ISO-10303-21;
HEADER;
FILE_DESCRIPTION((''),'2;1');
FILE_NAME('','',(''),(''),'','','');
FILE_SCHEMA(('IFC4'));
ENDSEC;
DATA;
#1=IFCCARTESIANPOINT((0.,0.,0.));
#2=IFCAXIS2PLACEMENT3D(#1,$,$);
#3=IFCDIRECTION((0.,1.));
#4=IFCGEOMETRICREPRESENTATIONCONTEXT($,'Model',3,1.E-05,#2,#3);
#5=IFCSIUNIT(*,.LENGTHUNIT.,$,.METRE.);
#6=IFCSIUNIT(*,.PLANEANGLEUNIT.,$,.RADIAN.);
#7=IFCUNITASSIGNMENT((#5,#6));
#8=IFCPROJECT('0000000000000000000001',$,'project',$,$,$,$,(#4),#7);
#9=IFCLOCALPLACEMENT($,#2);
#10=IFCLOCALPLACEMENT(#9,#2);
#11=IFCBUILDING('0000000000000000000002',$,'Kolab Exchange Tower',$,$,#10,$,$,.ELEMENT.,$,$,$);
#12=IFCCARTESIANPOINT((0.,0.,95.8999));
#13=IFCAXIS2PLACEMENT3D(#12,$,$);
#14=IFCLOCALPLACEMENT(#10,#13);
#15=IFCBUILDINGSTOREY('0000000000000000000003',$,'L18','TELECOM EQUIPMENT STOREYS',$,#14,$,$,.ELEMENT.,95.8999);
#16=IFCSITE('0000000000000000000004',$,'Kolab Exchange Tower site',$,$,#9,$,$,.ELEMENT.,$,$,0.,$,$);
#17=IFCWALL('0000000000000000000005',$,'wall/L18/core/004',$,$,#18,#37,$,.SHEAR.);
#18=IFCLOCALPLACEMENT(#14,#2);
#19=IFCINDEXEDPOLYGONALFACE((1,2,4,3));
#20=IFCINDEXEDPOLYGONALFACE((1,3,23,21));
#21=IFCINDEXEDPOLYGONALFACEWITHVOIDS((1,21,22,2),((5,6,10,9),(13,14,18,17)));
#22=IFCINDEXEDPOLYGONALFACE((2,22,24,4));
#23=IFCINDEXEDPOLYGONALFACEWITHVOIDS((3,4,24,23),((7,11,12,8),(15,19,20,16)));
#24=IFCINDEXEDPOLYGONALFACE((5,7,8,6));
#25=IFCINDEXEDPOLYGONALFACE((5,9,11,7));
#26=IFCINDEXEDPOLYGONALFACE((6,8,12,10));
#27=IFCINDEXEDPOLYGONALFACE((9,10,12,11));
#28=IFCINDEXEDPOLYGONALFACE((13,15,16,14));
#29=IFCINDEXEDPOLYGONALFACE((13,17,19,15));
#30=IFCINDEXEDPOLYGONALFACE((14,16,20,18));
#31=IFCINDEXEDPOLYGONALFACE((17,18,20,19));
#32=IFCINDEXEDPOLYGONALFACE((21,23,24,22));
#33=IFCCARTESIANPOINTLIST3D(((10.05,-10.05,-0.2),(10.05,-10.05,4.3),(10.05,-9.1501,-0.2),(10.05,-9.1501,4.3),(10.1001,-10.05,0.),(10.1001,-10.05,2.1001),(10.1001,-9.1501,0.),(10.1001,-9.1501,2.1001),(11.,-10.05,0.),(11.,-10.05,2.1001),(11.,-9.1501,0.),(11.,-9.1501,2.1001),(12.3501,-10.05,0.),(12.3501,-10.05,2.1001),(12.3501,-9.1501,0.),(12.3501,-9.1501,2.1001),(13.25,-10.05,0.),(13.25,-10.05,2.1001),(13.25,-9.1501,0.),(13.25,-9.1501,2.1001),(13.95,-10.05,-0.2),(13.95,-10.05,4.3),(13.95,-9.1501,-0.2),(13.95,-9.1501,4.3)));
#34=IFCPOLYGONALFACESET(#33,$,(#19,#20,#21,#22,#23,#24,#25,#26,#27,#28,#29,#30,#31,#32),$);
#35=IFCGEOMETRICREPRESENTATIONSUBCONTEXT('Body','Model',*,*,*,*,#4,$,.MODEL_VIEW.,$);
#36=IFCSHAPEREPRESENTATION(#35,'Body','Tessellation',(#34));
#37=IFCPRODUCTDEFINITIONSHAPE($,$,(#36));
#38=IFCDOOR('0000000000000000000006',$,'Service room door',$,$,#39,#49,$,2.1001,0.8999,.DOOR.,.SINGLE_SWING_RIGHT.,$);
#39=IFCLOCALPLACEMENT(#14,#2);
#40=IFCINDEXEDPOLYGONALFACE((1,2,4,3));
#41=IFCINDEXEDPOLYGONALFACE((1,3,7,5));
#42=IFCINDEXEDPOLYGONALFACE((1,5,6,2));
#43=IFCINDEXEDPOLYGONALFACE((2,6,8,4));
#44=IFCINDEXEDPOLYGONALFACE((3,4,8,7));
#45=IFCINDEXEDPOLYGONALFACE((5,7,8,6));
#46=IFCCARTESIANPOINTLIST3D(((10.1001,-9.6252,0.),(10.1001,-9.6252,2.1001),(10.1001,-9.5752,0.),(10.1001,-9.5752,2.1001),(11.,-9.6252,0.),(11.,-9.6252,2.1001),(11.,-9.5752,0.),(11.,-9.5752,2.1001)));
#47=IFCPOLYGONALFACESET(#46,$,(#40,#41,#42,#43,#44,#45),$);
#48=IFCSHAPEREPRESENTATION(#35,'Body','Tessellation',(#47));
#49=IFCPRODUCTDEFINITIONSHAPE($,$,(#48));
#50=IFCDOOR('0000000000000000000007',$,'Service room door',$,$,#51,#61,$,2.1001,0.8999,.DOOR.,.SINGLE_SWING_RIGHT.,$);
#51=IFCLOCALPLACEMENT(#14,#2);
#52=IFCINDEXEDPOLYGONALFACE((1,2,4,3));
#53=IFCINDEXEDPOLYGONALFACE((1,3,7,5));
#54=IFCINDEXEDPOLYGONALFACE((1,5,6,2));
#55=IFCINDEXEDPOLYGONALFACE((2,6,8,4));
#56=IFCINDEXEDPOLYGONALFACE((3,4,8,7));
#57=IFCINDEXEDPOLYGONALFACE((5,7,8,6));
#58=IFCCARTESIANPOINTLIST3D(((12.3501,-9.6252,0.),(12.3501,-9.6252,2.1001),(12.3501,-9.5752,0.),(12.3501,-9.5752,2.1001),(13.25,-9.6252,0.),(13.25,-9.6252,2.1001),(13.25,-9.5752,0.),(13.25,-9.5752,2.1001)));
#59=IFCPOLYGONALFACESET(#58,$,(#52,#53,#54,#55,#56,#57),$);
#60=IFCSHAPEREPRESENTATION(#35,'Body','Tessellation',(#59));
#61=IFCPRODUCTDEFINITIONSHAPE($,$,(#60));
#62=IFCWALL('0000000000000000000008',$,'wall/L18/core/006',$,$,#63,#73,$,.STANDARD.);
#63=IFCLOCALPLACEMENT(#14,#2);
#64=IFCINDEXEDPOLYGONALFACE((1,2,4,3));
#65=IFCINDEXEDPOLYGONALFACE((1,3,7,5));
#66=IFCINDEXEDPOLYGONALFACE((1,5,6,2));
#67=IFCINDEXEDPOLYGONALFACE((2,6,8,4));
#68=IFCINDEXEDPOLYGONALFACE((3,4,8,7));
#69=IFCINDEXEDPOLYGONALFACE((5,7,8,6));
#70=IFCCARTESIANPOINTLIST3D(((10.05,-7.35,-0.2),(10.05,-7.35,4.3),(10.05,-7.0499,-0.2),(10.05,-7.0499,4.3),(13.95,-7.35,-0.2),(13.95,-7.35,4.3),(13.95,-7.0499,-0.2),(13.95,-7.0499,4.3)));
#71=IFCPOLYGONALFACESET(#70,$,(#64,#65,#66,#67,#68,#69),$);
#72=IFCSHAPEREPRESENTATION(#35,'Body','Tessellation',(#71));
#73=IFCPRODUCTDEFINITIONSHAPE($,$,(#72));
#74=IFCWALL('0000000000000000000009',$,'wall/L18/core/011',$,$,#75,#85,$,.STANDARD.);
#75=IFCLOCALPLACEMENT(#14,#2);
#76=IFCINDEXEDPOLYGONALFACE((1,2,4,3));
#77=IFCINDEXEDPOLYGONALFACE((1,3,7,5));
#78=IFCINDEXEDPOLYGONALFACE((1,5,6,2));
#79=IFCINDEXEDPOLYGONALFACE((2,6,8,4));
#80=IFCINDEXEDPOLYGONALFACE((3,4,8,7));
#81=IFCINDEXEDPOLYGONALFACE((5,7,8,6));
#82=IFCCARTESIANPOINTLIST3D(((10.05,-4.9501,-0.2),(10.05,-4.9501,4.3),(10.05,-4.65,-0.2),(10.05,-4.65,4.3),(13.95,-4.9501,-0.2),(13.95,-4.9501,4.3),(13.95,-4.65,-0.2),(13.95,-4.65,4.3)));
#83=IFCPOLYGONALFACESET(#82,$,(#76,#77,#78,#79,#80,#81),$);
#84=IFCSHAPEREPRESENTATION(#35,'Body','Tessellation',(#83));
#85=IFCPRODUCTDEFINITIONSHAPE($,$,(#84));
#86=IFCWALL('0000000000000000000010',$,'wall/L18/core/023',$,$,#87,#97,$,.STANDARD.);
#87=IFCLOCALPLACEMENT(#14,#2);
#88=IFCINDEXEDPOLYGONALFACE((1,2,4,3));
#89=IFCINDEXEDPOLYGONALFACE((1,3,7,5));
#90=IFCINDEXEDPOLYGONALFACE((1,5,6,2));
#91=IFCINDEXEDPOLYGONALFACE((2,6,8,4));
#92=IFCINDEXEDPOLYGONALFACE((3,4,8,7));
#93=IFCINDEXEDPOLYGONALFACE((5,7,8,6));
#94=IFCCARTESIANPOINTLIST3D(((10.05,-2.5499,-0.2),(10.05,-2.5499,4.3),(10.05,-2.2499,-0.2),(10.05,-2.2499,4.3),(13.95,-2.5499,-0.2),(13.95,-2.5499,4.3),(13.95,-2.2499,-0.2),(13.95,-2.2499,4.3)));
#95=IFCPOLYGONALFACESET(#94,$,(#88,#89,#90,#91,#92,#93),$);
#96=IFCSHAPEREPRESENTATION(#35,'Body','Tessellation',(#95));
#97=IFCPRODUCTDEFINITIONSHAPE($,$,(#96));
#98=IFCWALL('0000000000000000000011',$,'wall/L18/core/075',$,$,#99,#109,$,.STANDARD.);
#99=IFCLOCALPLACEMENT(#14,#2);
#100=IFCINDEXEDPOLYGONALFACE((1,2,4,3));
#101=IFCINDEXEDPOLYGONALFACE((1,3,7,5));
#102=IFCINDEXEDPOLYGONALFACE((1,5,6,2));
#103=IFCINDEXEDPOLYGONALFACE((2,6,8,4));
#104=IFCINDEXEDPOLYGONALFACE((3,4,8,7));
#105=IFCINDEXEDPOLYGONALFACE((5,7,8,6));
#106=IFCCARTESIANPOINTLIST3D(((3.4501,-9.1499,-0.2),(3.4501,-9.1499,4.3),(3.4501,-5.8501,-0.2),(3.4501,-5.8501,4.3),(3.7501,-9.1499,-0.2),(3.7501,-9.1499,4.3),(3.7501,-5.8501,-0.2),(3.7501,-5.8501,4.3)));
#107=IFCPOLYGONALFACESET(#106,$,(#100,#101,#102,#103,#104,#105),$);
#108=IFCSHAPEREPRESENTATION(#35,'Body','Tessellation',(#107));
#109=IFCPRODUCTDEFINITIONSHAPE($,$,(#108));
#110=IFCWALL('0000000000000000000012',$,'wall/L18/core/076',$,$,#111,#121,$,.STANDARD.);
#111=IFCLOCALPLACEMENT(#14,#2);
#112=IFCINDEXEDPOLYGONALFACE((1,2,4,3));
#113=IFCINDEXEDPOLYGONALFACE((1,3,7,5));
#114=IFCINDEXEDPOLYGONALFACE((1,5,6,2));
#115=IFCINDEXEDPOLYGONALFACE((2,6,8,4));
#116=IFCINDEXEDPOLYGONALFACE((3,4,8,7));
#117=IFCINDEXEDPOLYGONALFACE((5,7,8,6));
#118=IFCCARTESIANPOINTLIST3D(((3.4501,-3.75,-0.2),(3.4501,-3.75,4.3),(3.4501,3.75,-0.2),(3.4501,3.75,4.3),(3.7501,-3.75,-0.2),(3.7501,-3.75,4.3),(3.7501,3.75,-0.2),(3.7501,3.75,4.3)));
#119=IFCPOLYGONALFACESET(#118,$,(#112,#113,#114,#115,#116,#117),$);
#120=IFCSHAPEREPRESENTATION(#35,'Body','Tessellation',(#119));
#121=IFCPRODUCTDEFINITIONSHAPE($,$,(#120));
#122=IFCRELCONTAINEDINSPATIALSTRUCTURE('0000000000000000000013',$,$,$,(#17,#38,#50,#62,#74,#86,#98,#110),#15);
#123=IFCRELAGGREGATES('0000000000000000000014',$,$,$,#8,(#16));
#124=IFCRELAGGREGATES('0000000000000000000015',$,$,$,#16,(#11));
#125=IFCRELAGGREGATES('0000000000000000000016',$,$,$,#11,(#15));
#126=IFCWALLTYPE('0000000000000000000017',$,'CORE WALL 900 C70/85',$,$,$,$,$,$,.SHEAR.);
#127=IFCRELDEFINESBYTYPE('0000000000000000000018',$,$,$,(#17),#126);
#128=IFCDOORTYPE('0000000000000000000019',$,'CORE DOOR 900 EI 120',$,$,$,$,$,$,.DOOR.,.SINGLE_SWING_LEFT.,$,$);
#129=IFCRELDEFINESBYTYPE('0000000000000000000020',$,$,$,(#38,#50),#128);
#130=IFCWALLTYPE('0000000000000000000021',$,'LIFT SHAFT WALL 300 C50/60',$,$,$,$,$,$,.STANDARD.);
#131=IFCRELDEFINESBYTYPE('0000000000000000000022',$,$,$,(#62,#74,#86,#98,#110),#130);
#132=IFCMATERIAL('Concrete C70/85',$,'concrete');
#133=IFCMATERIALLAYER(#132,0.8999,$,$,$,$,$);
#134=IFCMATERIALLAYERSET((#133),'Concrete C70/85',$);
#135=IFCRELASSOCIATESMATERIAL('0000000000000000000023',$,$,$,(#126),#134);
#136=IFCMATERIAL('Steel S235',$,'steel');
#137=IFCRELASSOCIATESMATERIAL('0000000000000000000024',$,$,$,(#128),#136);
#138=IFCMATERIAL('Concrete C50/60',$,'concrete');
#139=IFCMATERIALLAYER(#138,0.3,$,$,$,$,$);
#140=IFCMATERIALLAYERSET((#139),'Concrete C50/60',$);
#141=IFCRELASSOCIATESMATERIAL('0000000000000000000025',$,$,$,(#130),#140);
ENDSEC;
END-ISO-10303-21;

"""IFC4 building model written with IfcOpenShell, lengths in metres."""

from ifc_helpers import new_model, si_unit, direction, frame, frame_2d, origin, place, context, subcontext, project, spatial, rectangle, extrude, material, layer, layer_set, type_object, element, fill, save


model = new_model("IFC4")

# Units and contexts
model_context = context("Model", 3, precision=1e-05, world=origin(), true_north=direction((0.0, 1.0)))
body_context = subcontext(model_context, "Body", "Model", "MODEL_VIEW")
ifc_project = project(units=[si_unit("LENGTHUNIT", "METRE"), si_unit("PLANEANGLEUNIT", "RADIAN")], contexts=[model_context])

# Site, building, storey
site_placement = place(None, origin())
site = spatial("IfcSite", under=ifc_project, at=site_placement, Name="Kolab Exchange Tower site", CompositionType="ELEMENT", RefElevation=0.0)
building_placement = place(site_placement, origin())
building = spatial("IfcBuilding", under=site, at=building_placement, Name="Kolab Exchange Tower", CompositionType="ELEMENT")
storey_placement = place(building_placement, frame((0.0, 0.0, 95.8999)))
storey = spatial("IfcBuildingStorey", under=building, at=storey_placement, Name="L18", Description="TELECOM EQUIPMENT STOREYS", CompositionType="ELEMENT", Elevation=95.8999)

# Wall, openings, doors
ifc_material_1 = material(Name="Concrete C70/85", Category="concrete")
ifc_layer_1 = layer(ifc_material_1, 0.8999)
ifc_layer_set_1 = layer_set([ifc_layer_1], Name="Concrete C70/85")
wall_type_1 = type_object("IfcWallType", Name="CORE WALL 900 C70/85", PredefinedType="SHEAR", material=ifc_layer_set_1)
wall_1_placement = place(storey_placement, frame((10.05, -9.6001, -0.2), z_axis=(0.0, 0.0, 1.0), x_axis=(1.0, 0.0, 0.0)))
wall_1 = element("IfcWall", 1, at=wall_1_placement, inside=storey, type_object=wall_type_1, Name="wall/L18/core/004", PredefinedType="SHEAR", context=body_context, shape_type="SweptSolid", body=[
    extrude(rectangle(XDim=3.8999, YDim=0.8999, at=frame_2d((1.95, 0.0))), origin(), (0.0, 0.0, 1.0), 4.5),
])
opening_1_placement = place(wall_1_placement, frame((0.05, 0.0, 0.2)))
opening_1 = element("IfcOpeningElement", 2, at=opening_1_placement, cuts=wall_1, PredefinedType="OPENING", context=body_context, shape_type="SweptSolid", body=[
    extrude(rectangle(XDim=0.8999, YDim=2.1001, at=frame_2d((0.45, 1.05))), frame((0.0, 0.46, 0.0), z_axis=(0.0, -1.0, 0.0), x_axis=(1.0, 0.0, 0.0)), (0.0, 0.0, 1.0), 0.9199),
])
opening_2_placement = place(wall_1_placement, frame((2.3, 0.0, 0.2)))
opening_2 = element("IfcOpeningElement", 3, at=opening_2_placement, cuts=wall_1, PredefinedType="OPENING", context=body_context, shape_type="SweptSolid", body=[
    extrude(rectangle(XDim=0.8999, YDim=2.1001, at=frame_2d((0.45, 1.05))), frame((0.0, 0.46, 0.0), z_axis=(0.0, -1.0, 0.0), x_axis=(1.0, 0.0, 0.0)), (0.0, 0.0, 1.0), 0.9199),
])
ifc_material_2 = material(Name="Steel S235", Category="steel")
door_type_1 = type_object("IfcDoorType", Name="CORE DOOR 900 EI 120", OperationType="SINGLE_SWING_LEFT", PredefinedType="DOOR", material=ifc_material_2)
door_1_placement = place(opening_1_placement, origin())
door_1 = element("IfcDoor", 4, at=door_1_placement, inside=storey, type_object=door_type_1, Name="Service room door", OperationType="SINGLE_SWING_RIGHT", OverallHeight=2.1001, OverallWidth=0.8999, PredefinedType="DOOR", context=body_context, shape_type="SweptSolid", body=[
    extrude(rectangle(XDim=0.8999, YDim=2.1001, at=frame_2d((0.45, 1.05))), frame((0.0, 0.0249, 0.0), z_axis=(0.0, -1.0, 0.0), x_axis=(1.0, 0.0, 0.0)), (0.0, 0.0, 1.0), 0.05),
])
fill(opening_1, door_1)
door_2_placement = place(opening_2_placement, origin())
door_2 = element("IfcDoor", 5, at=door_2_placement, inside=storey, type_object=door_type_1, Name="Service room door", OperationType="SINGLE_SWING_RIGHT", OverallHeight=2.1001, OverallWidth=0.8999, PredefinedType="DOOR", context=body_context, shape_type="SweptSolid", body=[
    extrude(rectangle(XDim=0.8999, YDim=2.1001, at=frame_2d((0.45, 1.05))), frame((0.0, 0.0249, 0.0), z_axis=(0.0, -1.0, 0.0), x_axis=(1.0, 0.0, 0.0)), (0.0, 0.0, 1.0), 0.05),
])
fill(opening_2, door_2)

# Walls
ifc_material_3 = material(Name="Concrete C50/60", Category="concrete")
ifc_layer_2 = layer(ifc_material_3, 0.3)
ifc_layer_set_2 = layer_set([ifc_layer_2], Name="Concrete C50/60")
wall_type_2 = type_object("IfcWallType", Name="LIFT SHAFT WALL 300 C50/60", PredefinedType="STANDARD", material=ifc_layer_set_2)
for number, where, z_axis, x_axis, name in (
    (6, (10.05, -7.2, -0.2), (0.0, 0.0, 1.0), (1.0, 0.0, 0.0), "wall/L18/core/006"),
    (7, (10.05, -4.8, -0.2), (0.0, 0.0, 1.0), (1.0, 0.0, 0.0), "wall/L18/core/011"),
    (8, (10.05, -2.3999, -0.2), (0.0, 0.0, 1.0), (1.0, 0.0, 0.0), "wall/L18/core/023"),
):
    element("IfcWall", number, at=place(storey_placement, frame(where, z_axis=z_axis, x_axis=x_axis)), inside=storey, type_object=wall_type_2, Name=name, PredefinedType="STANDARD", context=body_context, shape_type="SweptSolid", body=[
        extrude(rectangle(XDim=3.8999, YDim=0.3, at=frame_2d((1.95, 0.0))), origin(), (0.0, 0.0, 1.0), 4.5),
    ])
wall_2_placement = place(storey_placement, frame((3.6001, -9.1499, -0.2), z_axis=(0.0, 0.0, 1.0), x_axis=(0.0, 1.0, 0.0)))
element("IfcWall", 9, at=wall_2_placement, inside=storey, type_object=wall_type_2, Name="wall/L18/core/075", PredefinedType="STANDARD", context=body_context, shape_type="SweptSolid", body=[
    extrude(rectangle(XDim=3.2998, YDim=0.3, at=frame_2d((1.6499, 0.0))), origin(), (0.0, 0.0, 1.0), 4.5),
])
wall_3_placement = place(storey_placement, frame((3.6001, -3.75, -0.2), z_axis=(0.0, 0.0, 1.0), x_axis=(0.0, 1.0, 0.0)))
element("IfcWall", 10, at=wall_3_placement, inside=storey, type_object=wall_type_2, Name="wall/L18/core/076", PredefinedType="STANDARD", context=body_context, shape_type="SweptSolid", body=[
    extrude(rectangle(XDim=7.5, YDim=0.3, at=frame_2d((3.75, 0.0))), origin(), (0.0, 0.0, 1.0), 4.5),
])

save(model, "model.ifc")
